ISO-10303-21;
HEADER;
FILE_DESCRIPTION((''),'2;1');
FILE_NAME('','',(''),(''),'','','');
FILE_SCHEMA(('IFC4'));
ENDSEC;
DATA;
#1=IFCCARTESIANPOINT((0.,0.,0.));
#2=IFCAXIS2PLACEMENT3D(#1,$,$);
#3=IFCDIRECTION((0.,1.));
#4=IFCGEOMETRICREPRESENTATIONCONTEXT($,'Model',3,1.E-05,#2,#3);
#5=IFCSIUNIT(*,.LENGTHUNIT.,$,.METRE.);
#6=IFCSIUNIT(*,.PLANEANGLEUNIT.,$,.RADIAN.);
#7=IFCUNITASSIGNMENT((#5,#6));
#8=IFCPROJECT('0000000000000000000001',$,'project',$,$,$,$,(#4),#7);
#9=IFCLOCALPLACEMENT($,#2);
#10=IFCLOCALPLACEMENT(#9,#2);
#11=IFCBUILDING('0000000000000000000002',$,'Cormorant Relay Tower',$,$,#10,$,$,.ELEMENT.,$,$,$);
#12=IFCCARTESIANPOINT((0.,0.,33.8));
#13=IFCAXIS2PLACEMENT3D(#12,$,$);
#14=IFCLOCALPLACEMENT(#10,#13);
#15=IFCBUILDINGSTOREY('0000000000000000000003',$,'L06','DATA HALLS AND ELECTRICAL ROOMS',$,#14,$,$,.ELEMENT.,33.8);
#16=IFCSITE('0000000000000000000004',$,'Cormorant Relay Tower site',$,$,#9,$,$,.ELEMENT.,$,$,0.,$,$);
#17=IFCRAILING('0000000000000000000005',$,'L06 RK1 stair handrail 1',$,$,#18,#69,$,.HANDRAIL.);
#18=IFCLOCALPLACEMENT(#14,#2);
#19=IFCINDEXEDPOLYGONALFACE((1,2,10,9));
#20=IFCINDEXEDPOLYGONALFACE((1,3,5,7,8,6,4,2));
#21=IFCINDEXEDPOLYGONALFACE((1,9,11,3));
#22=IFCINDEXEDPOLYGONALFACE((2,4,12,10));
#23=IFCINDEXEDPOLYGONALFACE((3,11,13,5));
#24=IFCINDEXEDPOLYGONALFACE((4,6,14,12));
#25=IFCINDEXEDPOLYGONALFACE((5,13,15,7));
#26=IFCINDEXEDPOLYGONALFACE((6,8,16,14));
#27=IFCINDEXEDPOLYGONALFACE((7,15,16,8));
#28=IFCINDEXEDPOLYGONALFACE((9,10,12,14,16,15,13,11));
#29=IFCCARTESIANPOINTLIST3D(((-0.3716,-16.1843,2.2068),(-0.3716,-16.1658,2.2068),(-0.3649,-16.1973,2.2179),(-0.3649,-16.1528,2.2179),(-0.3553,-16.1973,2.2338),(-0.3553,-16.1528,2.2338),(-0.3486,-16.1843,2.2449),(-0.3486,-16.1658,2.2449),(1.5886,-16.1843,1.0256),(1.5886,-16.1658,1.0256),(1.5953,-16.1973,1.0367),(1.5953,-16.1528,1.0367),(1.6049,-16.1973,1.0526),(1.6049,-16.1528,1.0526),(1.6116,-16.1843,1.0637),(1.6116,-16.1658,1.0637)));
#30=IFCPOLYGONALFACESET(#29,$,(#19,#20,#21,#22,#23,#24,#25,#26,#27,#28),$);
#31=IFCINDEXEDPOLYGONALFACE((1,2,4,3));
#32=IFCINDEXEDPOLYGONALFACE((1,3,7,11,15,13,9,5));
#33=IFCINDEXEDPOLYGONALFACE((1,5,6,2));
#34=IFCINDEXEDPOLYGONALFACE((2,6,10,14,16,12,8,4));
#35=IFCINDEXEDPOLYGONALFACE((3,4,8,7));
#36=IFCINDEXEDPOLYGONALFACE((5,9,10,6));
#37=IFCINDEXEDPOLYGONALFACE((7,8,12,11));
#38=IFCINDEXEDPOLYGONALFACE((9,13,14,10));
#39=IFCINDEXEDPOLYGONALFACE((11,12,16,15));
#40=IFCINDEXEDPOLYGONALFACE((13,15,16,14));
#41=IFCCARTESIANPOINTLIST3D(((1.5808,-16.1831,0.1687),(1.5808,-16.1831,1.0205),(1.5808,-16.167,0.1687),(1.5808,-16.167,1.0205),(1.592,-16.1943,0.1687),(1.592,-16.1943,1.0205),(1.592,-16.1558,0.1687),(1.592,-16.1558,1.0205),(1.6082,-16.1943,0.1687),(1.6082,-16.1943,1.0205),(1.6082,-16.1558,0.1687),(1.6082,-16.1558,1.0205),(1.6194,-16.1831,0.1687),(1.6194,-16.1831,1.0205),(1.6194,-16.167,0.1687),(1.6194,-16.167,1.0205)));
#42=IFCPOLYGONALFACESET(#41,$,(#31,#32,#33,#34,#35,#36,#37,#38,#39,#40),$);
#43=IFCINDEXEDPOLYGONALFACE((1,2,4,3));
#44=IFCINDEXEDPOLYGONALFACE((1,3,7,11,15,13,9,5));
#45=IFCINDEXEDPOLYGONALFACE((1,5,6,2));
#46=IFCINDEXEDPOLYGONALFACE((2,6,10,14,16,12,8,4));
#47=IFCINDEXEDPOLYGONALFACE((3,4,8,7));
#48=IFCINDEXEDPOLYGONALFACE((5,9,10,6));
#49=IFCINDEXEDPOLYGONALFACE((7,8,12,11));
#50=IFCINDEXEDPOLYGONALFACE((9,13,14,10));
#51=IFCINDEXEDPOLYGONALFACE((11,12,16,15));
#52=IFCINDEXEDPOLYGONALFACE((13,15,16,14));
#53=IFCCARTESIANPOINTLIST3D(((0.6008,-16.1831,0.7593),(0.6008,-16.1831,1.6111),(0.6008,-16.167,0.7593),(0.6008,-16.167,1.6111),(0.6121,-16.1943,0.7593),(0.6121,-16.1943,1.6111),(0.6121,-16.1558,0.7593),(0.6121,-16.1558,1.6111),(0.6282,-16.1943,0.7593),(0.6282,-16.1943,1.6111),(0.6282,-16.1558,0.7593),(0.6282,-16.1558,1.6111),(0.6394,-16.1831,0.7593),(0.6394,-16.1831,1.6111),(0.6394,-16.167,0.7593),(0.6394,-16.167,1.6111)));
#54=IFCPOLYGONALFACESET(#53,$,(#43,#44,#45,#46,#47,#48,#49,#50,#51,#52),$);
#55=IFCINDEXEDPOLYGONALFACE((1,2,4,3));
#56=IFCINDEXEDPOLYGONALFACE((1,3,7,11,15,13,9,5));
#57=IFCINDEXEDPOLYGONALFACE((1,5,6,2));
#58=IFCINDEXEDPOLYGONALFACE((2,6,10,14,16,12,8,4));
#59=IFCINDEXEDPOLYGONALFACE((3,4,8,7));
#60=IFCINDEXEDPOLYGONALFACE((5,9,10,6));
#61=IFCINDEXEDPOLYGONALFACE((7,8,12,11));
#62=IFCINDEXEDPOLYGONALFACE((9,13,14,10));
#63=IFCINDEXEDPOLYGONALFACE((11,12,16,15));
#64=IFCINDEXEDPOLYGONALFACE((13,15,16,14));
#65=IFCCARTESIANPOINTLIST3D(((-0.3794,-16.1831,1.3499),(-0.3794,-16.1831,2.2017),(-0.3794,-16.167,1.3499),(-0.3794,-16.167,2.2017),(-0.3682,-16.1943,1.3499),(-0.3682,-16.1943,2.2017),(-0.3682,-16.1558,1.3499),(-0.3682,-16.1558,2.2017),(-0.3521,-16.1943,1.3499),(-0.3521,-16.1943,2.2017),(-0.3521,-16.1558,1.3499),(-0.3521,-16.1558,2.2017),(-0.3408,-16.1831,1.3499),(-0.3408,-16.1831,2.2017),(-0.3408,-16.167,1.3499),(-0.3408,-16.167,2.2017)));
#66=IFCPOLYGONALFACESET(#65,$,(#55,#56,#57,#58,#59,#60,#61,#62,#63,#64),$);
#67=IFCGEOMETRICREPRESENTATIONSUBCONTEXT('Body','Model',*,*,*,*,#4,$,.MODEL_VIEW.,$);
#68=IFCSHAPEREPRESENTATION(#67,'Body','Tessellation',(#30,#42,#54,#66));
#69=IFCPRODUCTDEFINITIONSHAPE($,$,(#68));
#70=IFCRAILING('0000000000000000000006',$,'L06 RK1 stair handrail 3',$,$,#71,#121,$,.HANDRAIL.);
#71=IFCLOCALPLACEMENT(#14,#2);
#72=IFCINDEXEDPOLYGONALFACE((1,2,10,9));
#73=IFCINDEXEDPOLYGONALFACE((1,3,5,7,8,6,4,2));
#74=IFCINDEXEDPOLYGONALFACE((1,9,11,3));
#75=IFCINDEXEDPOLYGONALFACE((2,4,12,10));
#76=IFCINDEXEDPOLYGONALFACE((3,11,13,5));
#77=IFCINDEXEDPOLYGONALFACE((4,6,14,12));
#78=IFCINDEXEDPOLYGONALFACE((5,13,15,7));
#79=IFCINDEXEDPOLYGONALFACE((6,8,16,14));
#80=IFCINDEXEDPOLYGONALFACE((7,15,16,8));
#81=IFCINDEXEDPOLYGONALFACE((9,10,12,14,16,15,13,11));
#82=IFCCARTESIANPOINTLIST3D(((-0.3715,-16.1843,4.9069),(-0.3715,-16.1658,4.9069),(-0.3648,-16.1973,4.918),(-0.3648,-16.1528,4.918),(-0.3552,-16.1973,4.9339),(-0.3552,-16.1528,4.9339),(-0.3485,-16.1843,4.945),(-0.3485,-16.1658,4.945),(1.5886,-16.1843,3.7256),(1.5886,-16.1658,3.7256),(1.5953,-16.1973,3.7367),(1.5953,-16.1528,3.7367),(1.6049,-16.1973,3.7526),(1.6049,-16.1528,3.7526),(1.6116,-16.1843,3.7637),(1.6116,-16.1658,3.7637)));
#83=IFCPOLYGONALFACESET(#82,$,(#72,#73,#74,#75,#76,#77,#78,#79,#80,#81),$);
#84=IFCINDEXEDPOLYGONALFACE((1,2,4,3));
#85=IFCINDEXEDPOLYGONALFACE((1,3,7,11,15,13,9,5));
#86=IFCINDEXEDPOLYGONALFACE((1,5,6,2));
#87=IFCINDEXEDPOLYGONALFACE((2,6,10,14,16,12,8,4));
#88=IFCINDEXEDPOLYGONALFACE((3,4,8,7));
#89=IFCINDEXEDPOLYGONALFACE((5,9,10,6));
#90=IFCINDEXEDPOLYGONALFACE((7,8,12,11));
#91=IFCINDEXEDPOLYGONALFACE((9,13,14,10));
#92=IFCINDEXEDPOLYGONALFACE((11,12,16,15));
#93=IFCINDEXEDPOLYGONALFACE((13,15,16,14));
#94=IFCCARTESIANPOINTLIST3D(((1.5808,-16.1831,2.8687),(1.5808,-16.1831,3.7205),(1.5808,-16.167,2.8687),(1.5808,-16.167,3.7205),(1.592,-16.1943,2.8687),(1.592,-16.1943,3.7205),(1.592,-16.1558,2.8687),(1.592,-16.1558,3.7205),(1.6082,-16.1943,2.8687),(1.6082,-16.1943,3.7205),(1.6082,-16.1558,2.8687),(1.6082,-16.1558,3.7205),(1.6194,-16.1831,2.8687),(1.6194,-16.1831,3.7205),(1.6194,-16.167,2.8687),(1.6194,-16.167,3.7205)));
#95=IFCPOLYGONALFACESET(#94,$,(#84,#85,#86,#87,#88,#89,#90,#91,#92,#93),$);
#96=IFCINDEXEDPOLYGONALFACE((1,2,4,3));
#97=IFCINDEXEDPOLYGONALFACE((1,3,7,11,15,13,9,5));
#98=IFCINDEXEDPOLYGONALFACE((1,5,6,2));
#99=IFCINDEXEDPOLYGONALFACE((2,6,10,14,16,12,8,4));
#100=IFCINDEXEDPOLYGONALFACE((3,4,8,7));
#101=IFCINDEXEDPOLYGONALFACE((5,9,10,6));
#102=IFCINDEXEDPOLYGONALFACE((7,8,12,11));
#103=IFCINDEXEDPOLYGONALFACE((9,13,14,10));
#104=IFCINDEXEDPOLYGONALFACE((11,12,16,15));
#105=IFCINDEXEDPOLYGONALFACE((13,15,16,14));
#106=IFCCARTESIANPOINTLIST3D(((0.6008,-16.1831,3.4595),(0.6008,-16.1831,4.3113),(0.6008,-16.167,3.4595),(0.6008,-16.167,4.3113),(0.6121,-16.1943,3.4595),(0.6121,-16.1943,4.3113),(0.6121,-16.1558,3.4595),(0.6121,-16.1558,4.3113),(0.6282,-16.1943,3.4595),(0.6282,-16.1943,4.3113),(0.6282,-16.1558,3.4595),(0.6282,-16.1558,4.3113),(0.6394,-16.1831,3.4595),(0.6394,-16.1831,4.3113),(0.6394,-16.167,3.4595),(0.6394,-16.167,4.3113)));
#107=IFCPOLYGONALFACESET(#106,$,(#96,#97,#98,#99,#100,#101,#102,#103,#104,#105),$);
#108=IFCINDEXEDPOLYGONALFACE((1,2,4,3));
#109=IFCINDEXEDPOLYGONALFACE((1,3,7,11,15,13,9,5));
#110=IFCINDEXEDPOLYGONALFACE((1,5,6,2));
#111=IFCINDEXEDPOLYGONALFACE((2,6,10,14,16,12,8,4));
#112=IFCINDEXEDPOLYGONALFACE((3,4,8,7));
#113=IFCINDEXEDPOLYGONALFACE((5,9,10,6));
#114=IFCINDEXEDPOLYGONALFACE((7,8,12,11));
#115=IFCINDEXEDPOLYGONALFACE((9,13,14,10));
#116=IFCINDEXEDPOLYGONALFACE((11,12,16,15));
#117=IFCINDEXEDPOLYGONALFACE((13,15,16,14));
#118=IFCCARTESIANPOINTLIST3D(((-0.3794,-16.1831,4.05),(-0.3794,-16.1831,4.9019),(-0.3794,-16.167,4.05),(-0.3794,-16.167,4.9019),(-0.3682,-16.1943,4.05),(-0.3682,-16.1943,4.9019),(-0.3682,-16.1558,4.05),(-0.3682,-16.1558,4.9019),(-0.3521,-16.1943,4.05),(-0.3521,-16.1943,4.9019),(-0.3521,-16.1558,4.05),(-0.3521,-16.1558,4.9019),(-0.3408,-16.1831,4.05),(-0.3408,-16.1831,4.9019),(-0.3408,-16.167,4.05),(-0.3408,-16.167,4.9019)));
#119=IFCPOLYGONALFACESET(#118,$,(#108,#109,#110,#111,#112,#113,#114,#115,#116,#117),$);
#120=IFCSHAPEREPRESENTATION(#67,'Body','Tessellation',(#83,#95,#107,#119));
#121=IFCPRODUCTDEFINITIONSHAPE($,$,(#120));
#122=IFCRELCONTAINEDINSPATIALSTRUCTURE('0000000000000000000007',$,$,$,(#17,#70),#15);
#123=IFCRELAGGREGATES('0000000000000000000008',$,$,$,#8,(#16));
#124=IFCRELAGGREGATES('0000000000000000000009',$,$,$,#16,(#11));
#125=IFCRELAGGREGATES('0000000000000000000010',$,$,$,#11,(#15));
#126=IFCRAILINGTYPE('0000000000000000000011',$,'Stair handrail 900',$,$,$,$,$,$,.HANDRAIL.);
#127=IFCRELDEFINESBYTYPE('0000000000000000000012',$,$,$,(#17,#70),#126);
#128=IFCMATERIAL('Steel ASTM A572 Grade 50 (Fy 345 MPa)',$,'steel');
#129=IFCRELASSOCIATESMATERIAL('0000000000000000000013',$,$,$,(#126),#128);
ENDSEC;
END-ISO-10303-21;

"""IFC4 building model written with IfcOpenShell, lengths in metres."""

from ifc_helpers import new_model, si_unit, direction, frame, origin, place, context, subcontext, project, spatial, polyline, outline, extrude, material, type_object, element, save


model = new_model("IFC4")

# Units and contexts
model_context = context("Model", 3, precision=1e-05, world=origin(), true_north=direction((0.0, 1.0)))
body_context = subcontext(model_context, "Body", "Model", "MODEL_VIEW")
ifc_project = project(units=[si_unit("LENGTHUNIT", "METRE"), si_unit("PLANEANGLEUNIT", "RADIAN")], contexts=[model_context])

# Site, building, storey
site_placement = place(None, origin())
site = spatial("IfcSite", under=ifc_project, at=site_placement, Name="Cormorant Relay Tower site", CompositionType="ELEMENT", RefElevation=0.0)
building_placement = place(site_placement, origin())
building = spatial("IfcBuilding", under=site, at=building_placement, Name="Cormorant Relay Tower", CompositionType="ELEMENT")
storey_placement = place(building_placement, frame((0.0, 0.0, 33.8)))
storey = spatial("IfcBuildingStorey", under=building, at=storey_placement, Name="L06", Description="DATA HALLS AND ELECTRICAL ROOMS", CompositionType="ELEMENT", Elevation=33.8)

# Railings
ifc_material_1 = material(Name="Steel ASTM A572 Grade 50 (Fy 345 MPa)", Category="steel")
railing_type_1 = type_object("IfcRailingType", Name="Stair handrail 900", PredefinedType="HANDRAIL", material=ifc_material_1)
railing_1_placement = place(storey_placement, frame((1.6001, -16.175, 0.1687)))
element("IfcRailing", 1, at=railing_1_placement, inside=storey, type_object=railing_type_1, Name="L06 RK1 stair handrail 1", PredefinedType="HANDRAIL", context=body_context, shape_type="SweptSolid", body=[
    extrude(outline(polyline([(0.0222, 0.0093), (0.0093, 0.0222), (-0.0093, 0.0222), (-0.0222, 0.0093), (-0.0222, -0.0093), (-0.0093, -0.0222), (0.0093, -0.0222), (0.0222, -0.0093), (0.0222, 0.0093)])), frame((0.0, 0.0, 0.876), z_axis=(-0.856522, 0.0, 0.516111), x_axis=(0.0, -1.0, 0.0)), (0.0, 0.0, 1.0), 2.2886),
    extrude(outline(polyline([(0.0193, 0.0081), (0.0081, 0.0193), (-0.0081, 0.0193), (-0.0193, 0.0081), (-0.0193, -0.0081), (-0.0081, -0.0193), (0.0081, -0.0193), (0.0193, -0.0081), (0.0193, 0.0081)])), origin(), (0.0, 0.0, 1.0), 0.8518),
    extrude(outline(polyline([(0.0193, 0.0081), (0.0081, 0.0193), (-0.0081, 0.0193), (-0.0193, 0.0081), (-0.0193, -0.0081), (-0.0081, -0.0193), (0.0081, -0.0193), (0.0193, -0.0081), (0.0193, 0.0081)])), frame((-0.98, 0.0, 0.5906)), (0.0, 0.0, 1.0), 0.8518),
    extrude(outline(polyline([(0.0193, 0.0081), (0.0081, 0.0193), (-0.0081, 0.0193), (-0.0193, 0.0081), (-0.0193, -0.0081), (-0.0081, -0.0193), (0.0081, -0.0193), (0.0193, -0.0081), (0.0193, 0.0081)])), frame((-1.9602, 0.0, 1.1812)), (0.0, 0.0, 1.0), 0.8518),
])
railing_2_placement = place(storey_placement, frame((1.6001, -16.175, 2.8687)))
element("IfcRailing", 2, at=railing_2_placement, inside=storey, type_object=railing_type_1, Name="L06 RK1 stair handrail 3", PredefinedType="HANDRAIL", context=body_context, shape_type="SweptSolid", body=[
    extrude(outline(polyline([(0.0222, 0.0093), (0.0093, 0.0222), (-0.0093, 0.0222), (-0.0222, 0.0093), (-0.0222, -0.0093), (-0.0093, -0.0222), (0.0093, -0.0222), (0.0222, -0.0093), (0.0222, 0.0093)])), frame((0.0, 0.0, 0.876), z_axis=(-0.856475, 0.0, 0.516189), x_axis=(0.0, -1.0, 0.0)), (0.0, 0.0, 1.0), 2.2886),
    extrude(outline(polyline([(0.0193, 0.0081), (0.0081, 0.0193), (-0.0081, 0.0193), (-0.0193, 0.0081), (-0.0193, -0.0081), (-0.0081, -0.0193), (0.0081, -0.0193), (0.0193, -0.0081), (0.0193, 0.0081)])), origin(), (0.0, 0.0, 1.0), 0.8518),
    extrude(outline(polyline([(0.0193, 0.0081), (0.0081, 0.0193), (-0.0081, 0.0193), (-0.0193, 0.0081), (-0.0193, -0.0081), (-0.0081, -0.0193), (0.0081, -0.0193), (0.0193, -0.0081), (0.0193, 0.0081)])), frame((-0.98, 0.0, 0.5908)), (0.0, 0.0, 1.0), 0.8518),
    extrude(outline(polyline([(0.0193, 0.0081), (0.0081, 0.0193), (-0.0081, 0.0193), (-0.0193, 0.0081), (-0.0193, -0.0081), (-0.0081, -0.0193), (0.0081, -0.0193), (0.0193, -0.0081), (0.0193, 0.0081)])), frame((-1.9602, 0.0, 1.1814)), (0.0, 0.0, 1.0), 0.8518),
])

save(model, "model.ifc")
